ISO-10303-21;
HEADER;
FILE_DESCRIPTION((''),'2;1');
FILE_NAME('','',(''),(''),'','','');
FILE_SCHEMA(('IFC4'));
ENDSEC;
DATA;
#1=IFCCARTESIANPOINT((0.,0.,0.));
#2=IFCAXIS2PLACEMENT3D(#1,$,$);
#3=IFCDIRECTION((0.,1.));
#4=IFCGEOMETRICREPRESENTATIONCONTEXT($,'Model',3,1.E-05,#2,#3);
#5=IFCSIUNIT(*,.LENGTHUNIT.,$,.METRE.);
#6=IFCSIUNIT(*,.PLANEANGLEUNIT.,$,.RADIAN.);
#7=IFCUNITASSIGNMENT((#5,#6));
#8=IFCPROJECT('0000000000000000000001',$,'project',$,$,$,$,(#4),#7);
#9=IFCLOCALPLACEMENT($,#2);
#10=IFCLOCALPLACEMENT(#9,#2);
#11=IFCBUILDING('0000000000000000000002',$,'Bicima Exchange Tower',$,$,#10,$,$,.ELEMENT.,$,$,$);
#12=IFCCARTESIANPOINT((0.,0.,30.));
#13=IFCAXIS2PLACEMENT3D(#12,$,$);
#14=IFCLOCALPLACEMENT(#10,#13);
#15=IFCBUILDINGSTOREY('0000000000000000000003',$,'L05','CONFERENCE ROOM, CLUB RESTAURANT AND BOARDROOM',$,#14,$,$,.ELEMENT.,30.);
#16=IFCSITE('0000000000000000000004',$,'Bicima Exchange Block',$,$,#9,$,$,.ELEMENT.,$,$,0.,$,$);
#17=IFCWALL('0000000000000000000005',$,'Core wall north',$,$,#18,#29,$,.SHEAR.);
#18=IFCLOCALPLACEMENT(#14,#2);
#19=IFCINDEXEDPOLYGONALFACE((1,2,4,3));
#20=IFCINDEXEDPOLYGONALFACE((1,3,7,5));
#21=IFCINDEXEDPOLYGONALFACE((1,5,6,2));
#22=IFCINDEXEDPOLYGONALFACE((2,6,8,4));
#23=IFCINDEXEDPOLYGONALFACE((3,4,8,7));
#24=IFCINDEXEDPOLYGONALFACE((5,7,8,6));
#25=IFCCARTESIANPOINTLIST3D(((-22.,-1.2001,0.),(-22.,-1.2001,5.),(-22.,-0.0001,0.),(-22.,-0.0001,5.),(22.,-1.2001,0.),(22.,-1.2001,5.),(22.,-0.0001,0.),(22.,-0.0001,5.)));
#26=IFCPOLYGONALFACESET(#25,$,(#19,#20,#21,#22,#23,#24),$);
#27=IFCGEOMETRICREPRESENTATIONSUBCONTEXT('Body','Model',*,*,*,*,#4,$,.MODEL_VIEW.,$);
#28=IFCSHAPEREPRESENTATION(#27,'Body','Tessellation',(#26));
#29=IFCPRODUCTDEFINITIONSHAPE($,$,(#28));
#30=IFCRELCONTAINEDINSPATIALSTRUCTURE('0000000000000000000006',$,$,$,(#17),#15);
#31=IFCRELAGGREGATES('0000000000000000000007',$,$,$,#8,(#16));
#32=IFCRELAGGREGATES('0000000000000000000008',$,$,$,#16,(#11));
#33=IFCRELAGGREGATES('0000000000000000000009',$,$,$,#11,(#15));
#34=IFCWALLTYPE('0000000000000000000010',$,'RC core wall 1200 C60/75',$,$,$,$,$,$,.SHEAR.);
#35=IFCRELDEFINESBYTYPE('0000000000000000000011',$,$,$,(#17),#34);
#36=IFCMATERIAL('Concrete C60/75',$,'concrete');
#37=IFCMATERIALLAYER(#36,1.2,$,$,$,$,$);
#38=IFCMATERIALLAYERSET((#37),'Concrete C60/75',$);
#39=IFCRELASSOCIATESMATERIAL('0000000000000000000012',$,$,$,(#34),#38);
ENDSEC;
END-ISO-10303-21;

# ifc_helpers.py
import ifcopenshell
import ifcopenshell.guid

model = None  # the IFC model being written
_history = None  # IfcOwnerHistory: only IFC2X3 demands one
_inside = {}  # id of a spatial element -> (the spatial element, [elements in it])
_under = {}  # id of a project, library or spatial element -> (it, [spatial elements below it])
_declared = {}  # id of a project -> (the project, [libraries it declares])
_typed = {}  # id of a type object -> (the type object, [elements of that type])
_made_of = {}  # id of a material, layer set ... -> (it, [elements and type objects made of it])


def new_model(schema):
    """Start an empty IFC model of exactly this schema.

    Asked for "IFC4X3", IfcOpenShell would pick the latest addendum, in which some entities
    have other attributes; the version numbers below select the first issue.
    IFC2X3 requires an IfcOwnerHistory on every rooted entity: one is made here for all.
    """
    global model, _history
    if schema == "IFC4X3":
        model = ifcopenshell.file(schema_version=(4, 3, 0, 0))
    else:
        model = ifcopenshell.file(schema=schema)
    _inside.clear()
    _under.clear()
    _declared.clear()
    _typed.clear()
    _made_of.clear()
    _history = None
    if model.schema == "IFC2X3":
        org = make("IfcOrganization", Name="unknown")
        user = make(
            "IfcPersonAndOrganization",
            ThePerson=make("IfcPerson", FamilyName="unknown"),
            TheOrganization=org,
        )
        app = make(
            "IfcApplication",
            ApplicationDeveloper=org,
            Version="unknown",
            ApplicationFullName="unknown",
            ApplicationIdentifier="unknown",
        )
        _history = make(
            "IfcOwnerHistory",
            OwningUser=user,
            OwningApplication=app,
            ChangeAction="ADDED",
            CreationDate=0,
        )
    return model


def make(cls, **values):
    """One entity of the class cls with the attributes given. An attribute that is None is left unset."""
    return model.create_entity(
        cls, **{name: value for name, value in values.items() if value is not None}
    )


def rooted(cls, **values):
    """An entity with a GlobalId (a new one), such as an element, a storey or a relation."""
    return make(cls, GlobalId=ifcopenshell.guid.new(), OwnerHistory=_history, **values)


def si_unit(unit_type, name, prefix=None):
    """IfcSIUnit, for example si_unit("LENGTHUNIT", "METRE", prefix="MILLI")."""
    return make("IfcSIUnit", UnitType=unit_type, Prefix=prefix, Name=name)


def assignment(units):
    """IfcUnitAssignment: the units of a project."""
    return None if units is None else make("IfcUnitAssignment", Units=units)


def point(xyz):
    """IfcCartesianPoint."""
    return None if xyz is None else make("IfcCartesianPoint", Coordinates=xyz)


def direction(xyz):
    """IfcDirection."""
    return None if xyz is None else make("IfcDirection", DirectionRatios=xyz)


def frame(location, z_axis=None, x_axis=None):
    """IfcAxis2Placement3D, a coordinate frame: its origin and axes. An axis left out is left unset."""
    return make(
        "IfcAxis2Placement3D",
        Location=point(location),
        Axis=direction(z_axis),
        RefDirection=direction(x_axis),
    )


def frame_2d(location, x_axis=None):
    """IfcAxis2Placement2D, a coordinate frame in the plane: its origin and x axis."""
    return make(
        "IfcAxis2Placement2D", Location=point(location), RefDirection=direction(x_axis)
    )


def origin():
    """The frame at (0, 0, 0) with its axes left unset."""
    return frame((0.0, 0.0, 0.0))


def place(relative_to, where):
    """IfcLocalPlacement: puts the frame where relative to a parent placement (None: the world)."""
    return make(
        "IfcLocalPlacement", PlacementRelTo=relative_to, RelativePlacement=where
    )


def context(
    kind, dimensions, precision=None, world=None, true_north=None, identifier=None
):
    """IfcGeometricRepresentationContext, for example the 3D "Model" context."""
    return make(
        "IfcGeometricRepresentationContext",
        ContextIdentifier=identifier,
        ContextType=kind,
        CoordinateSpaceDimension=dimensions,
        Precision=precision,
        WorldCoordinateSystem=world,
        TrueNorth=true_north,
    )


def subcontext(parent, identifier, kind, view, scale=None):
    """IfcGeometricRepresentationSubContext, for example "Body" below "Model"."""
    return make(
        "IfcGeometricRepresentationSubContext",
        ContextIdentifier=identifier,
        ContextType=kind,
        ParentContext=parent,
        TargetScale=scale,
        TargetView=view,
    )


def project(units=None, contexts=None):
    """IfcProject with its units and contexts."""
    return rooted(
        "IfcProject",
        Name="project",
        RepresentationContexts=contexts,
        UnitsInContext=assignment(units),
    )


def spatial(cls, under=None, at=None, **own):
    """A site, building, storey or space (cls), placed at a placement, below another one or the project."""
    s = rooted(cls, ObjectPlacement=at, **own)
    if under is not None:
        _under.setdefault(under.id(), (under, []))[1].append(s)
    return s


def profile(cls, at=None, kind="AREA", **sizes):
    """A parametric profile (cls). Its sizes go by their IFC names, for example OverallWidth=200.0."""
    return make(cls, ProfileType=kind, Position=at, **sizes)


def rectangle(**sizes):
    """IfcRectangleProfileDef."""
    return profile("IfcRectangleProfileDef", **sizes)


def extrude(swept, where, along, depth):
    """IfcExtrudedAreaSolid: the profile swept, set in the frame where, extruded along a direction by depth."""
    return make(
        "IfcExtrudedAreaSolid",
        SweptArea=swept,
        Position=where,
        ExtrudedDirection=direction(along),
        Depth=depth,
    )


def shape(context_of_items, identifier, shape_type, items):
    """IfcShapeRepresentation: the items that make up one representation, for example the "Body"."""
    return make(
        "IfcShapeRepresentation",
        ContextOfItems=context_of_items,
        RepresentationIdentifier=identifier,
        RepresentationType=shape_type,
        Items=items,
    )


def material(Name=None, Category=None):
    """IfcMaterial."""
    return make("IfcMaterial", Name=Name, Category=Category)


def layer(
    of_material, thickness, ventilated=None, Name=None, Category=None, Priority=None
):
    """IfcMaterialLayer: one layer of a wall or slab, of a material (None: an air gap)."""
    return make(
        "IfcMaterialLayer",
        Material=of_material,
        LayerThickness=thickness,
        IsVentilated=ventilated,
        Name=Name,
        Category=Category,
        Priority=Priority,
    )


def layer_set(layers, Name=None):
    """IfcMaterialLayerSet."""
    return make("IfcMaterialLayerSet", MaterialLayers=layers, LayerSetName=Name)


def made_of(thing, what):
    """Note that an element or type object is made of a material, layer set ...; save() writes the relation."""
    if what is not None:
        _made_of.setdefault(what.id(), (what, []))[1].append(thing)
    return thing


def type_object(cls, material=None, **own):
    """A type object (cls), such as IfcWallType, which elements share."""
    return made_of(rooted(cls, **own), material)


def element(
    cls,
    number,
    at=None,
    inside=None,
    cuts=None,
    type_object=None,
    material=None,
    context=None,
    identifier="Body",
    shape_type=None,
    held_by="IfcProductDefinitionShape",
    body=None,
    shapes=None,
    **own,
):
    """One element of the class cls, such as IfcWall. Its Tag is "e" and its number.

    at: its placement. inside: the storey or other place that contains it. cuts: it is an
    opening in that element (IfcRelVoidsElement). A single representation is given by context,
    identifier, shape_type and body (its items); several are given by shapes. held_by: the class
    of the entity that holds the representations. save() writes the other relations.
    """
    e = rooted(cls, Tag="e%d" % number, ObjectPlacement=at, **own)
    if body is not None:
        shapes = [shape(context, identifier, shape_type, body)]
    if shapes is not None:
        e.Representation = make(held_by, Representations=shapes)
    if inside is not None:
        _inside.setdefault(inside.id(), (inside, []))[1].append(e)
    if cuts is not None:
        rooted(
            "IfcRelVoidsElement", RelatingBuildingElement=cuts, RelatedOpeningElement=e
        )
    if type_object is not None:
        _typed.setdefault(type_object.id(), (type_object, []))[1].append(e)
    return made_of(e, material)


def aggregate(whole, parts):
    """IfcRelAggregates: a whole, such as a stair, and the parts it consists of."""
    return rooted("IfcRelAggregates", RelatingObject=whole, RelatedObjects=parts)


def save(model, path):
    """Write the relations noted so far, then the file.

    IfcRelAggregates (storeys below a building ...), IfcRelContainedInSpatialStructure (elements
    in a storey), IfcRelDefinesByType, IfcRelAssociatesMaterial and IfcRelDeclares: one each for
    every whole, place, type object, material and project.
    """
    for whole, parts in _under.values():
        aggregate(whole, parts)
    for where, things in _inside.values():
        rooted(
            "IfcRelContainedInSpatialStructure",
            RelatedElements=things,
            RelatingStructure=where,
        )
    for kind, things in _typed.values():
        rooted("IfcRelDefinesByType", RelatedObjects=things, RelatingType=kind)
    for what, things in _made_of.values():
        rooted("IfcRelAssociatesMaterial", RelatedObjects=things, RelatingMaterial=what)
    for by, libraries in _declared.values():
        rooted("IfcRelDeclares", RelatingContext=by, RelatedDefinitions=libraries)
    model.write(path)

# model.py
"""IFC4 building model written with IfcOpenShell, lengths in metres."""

from ifc_helpers import new_model, si_unit, direction, frame, frame_2d, origin, place, context, subcontext, project, spatial, rectangle, extrude, material, layer, layer_set, type_object, element, save


model = new_model("IFC4")

# Units and contexts
model_context = context("Model", 3, precision=1e-05, world=origin(), true_north=direction((0.0, 1.0)))
body_context = subcontext(model_context, "Body", "Model", "MODEL_VIEW")
ifc_project = project(units=[si_unit("LENGTHUNIT", "METRE"), si_unit("PLANEANGLEUNIT", "RADIAN")], contexts=[model_context])

# Site, building, storey
site_placement = place(None, origin())
site = spatial("IfcSite", under=ifc_project, at=site_placement, Name="Bicima Exchange Block", CompositionType="ELEMENT", RefElevation=0.0)
building_placement = place(site_placement, origin())
building = spatial("IfcBuilding", under=site, at=building_placement, Name="Bicima Exchange Tower", CompositionType="ELEMENT")
storey_placement = place(building_placement, frame((0.0, 0.0, 30.0)))
storey = spatial("IfcBuildingStorey", under=building, at=storey_placement, Name="L05", Description="CONFERENCE ROOM, CLUB RESTAURANT AND BOARDROOM", CompositionType="ELEMENT", Elevation=30.0)

# Shared definitions
ifc_material_1 = material(Name="Concrete C60/75", Category="concrete")

# Wall
ifc_layer_1 = layer(ifc_material_1, 1.2)
ifc_layer_set_1 = layer_set([ifc_layer_1], Name="Concrete C60/75")
wall_type = type_object("IfcWallType", Name="RC core wall 1200 C60/75", PredefinedType="SHEAR", material=ifc_layer_set_1)
wall_placement = place(storey_placement, frame((-22.0, -0.6001, 0.0), z_axis=(0.0, 0.0, 1.0), x_axis=(1.0, 0.0, 0.0)))
element("IfcWall", 1, at=wall_placement, inside=storey, type_object=wall_type, Name="Core wall north", PredefinedType="SHEAR", context=body_context, shape_type="SweptSolid", body=[
    extrude(rectangle(XDim=44.0, YDim=1.2, at=frame_2d((22.0, 0.0))), origin(), (0.0, 0.0, 1.0), 5.0),
])

save(model, "model.ifc")
